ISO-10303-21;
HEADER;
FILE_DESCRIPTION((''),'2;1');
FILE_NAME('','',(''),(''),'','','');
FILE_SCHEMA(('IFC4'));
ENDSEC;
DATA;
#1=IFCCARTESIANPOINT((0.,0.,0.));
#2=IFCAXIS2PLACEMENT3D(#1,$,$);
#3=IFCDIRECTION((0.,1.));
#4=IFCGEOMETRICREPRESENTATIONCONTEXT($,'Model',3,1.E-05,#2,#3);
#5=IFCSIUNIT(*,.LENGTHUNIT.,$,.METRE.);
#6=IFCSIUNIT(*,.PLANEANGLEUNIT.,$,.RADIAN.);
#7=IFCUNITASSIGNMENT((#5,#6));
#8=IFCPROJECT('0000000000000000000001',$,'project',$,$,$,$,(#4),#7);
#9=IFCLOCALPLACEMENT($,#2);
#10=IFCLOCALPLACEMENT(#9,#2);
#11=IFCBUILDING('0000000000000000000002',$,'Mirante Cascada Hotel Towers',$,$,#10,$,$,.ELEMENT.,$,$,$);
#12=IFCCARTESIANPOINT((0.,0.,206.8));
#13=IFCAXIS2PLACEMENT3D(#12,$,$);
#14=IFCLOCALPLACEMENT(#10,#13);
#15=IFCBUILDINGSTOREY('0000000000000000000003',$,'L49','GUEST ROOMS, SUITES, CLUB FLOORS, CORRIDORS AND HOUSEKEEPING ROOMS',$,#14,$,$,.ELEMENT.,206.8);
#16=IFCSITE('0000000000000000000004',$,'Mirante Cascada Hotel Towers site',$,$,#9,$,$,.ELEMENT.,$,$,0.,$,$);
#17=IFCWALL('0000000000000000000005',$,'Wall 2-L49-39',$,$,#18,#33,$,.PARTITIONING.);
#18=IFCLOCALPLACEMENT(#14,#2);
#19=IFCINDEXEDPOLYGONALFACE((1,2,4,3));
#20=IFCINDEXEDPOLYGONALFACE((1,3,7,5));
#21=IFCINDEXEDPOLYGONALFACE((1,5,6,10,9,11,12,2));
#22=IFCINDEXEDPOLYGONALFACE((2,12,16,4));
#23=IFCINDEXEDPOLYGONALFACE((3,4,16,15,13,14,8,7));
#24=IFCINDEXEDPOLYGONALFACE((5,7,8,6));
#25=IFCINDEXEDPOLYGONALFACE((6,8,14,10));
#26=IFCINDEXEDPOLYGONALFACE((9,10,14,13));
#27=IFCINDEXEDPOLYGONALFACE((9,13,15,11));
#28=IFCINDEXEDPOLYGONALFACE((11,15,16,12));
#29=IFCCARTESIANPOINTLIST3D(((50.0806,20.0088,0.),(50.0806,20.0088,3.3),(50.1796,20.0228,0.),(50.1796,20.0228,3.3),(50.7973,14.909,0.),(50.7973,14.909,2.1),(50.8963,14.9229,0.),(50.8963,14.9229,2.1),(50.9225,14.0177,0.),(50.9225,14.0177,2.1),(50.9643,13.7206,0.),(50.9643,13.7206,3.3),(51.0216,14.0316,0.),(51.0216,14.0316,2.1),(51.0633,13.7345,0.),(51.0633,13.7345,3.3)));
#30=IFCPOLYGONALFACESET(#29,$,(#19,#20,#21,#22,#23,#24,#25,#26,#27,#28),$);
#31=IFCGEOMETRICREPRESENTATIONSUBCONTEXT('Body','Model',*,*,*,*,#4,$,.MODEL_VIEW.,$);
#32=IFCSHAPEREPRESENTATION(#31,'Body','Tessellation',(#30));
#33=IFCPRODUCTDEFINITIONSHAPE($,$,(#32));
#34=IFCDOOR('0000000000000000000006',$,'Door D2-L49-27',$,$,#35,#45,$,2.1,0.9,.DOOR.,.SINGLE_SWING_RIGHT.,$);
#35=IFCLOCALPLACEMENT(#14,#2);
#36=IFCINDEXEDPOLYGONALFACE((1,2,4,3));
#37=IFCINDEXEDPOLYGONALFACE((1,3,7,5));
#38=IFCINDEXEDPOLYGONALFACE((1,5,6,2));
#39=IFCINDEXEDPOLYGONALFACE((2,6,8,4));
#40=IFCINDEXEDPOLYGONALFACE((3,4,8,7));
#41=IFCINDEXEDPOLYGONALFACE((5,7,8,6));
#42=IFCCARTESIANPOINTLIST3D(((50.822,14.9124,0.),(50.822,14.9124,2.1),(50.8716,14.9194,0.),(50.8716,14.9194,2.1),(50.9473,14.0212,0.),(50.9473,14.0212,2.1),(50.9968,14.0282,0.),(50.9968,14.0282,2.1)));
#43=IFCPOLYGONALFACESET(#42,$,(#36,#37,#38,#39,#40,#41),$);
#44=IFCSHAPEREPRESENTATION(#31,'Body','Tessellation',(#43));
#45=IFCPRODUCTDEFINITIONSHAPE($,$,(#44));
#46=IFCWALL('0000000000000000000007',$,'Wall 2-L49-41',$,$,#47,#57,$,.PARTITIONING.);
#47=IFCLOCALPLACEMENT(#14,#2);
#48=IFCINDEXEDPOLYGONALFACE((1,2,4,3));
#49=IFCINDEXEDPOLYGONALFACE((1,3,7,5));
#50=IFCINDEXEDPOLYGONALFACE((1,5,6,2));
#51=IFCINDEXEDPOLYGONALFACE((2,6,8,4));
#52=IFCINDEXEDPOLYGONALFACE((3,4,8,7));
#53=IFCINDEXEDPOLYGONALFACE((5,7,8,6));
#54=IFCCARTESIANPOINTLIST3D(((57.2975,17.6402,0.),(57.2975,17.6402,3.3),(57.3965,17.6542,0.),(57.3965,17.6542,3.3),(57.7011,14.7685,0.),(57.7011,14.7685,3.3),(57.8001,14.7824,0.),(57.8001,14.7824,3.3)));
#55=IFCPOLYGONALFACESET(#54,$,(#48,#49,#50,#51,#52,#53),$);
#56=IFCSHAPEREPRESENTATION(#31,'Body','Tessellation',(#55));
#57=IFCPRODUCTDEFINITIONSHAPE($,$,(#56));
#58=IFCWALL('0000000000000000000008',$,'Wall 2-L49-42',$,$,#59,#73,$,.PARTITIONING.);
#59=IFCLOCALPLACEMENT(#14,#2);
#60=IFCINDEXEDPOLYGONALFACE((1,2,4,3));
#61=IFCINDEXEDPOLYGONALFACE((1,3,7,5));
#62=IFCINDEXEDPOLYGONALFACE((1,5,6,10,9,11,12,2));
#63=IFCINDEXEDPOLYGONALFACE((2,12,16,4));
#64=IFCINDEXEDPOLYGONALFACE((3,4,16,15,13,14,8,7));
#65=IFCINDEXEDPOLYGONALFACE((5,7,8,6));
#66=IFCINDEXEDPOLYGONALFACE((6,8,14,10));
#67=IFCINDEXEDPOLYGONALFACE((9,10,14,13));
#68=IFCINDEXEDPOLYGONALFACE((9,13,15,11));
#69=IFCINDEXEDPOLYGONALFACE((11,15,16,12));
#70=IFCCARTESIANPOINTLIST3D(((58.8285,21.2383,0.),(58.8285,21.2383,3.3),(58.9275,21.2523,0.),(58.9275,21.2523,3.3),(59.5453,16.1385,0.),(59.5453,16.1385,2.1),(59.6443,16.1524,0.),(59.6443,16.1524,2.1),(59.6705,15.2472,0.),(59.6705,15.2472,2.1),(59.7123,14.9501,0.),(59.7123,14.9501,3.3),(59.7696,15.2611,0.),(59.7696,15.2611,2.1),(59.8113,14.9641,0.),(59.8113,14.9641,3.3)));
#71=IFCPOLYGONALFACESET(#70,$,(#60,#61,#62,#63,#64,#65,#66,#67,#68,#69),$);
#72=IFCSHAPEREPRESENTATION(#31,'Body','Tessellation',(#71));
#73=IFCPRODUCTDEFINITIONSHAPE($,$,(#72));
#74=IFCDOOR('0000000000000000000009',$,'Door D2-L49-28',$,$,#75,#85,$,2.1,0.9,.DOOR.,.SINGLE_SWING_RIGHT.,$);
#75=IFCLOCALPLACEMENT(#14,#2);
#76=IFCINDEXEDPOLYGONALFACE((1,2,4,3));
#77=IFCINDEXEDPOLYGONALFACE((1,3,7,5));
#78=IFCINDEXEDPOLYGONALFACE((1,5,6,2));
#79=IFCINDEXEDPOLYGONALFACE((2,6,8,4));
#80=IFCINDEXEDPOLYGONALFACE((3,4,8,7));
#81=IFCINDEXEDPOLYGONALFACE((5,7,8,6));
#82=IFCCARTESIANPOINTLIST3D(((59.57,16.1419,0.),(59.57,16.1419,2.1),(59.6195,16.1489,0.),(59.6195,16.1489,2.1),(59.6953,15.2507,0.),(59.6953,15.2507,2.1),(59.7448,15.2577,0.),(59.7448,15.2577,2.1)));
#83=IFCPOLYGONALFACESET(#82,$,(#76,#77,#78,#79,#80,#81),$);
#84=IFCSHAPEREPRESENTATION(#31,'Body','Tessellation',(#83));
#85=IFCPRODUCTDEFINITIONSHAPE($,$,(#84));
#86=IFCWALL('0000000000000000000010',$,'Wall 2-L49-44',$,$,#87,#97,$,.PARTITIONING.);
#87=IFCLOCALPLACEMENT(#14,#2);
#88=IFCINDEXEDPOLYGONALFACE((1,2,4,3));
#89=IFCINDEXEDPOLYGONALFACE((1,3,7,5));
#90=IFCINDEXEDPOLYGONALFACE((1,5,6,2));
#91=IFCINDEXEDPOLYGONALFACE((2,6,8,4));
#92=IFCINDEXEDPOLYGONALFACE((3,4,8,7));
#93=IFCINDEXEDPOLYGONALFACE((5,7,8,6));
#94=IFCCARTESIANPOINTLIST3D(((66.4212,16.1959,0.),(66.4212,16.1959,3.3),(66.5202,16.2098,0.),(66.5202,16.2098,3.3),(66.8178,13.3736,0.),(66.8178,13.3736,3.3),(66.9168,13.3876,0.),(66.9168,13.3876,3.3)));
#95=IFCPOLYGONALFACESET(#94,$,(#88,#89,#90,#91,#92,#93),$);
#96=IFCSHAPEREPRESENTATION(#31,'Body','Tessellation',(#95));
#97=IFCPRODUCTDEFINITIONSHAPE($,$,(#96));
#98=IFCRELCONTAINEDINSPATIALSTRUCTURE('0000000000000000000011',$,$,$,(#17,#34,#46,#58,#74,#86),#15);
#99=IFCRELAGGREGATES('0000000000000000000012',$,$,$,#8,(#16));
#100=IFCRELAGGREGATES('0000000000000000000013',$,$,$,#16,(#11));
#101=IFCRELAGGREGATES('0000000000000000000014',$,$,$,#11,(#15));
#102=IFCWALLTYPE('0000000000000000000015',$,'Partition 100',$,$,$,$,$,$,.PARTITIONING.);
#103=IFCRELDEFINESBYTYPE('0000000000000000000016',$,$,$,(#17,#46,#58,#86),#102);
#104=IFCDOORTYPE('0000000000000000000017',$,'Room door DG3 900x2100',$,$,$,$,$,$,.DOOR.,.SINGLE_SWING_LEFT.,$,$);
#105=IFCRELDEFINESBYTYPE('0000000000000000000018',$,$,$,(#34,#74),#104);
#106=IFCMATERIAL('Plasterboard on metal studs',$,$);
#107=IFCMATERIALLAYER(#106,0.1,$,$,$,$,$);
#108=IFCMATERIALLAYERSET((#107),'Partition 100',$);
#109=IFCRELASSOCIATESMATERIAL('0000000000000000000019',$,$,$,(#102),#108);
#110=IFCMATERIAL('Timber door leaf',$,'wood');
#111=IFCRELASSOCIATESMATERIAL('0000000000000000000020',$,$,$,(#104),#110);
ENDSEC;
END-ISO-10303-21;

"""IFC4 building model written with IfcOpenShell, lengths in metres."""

from ifc_helpers import new_model, si_unit, direction, frame, frame_2d, origin, place, context, subcontext, project, spatial, rectangle, extrude, material, layer, layer_set, type_object, element, fill, save


model = new_model("IFC4")

# Units and contexts
model_context = context("Model", 3, precision=1e-05, world=origin(), true_north=direction((0.0, 1.0)))
body_context = subcontext(model_context, "Body", "Model", "MODEL_VIEW")
ifc_project = project(units=[si_unit("LENGTHUNIT", "METRE"), si_unit("PLANEANGLEUNIT", "RADIAN")], contexts=[model_context])

# Site, building, storey
site_placement = place(None, origin())
site = spatial("IfcSite", under=ifc_project, at=site_placement, Name="Mirante Cascada Hotel Towers site", CompositionType="ELEMENT", RefElevation=0.0)
building_placement = place(site_placement, origin())
building = spatial("IfcBuilding", under=site, at=building_placement, Name="Mirante Cascada Hotel Towers", CompositionType="ELEMENT")
storey_placement = place(building_placement, frame((0.0, 0.0, 206.8)))
storey = spatial("IfcBuildingStorey", under=building, at=storey_placement, Name="L49", Description="GUEST ROOMS, SUITES, CLUB FLOORS, CORRIDORS AND HOUSEKEEPING ROOMS", CompositionType="ELEMENT", Elevation=206.8)

# Shared definitions
ifc_material_1 = material(Name="Plasterboard on metal studs")
ifc_layer_1 = layer(ifc_material_1, 0.1)
ifc_layer_set_1 = layer_set([ifc_layer_1], Name="Partition 100")
wall_type_1 = type_object("IfcWallType", Name="Partition 100", PredefinedType="PARTITIONING", material=ifc_layer_set_1)

# Wall, opening, door
ifc_material_2 = material(Name="Timber door leaf", Category="wood")
door_type_1 = type_object("IfcDoorType", Name="Room door DG3 900x2100", OperationType="SINGLE_SWING_LEFT", PredefinedType="DOOR", material=ifc_material_2)
wall_1_placement = place(storey_placement, frame((50.1301, 20.0158, 0.0), z_axis=(0.0, 0.0, 1.0), x_axis=(0.139166, -0.990269, 0.0)))
wall_1 = element("IfcWall", 1, at=wall_1_placement, inside=storey, type_object=wall_type_1, Name="Wall 2-L49-39", PredefinedType="PARTITIONING", context=body_context, shape_type="SweptSolid", body=[
    extrude(rectangle(XDim=6.35, YDim=0.1, at=frame_2d((3.175, 0.0))), origin(), (0.0, 0.0, 1.0), 3.3),
])
opening_1_placement = place(wall_1_placement, frame((5.15, 0.0, 0.0)))
opening_1 = element("IfcOpeningElement", 2, at=opening_1_placement, cuts=wall_1, PredefinedType="OPENING", context=body_context, shape_type="SweptSolid", body=[
    extrude(rectangle(XDim=0.9, YDim=2.1, at=frame_2d((0.45, 1.05))), frame((0.0, 0.05, 0.0), z_axis=(0.0, -1.0, 0.0), x_axis=(1.0, 0.0, 0.0)), (0.0, 0.0, 1.0), 0.1),
])
door_1_placement = place(opening_1_placement, frame((0.9, 0.0, 0.0), z_axis=(0.0, 0.0, 1.0), x_axis=(-1.0, 0.0, 0.0)))
door_1 = element("IfcDoor", 3, at=door_1_placement, inside=storey, type_object=door_type_1, Name="Door D2-L49-27", OperationType="SINGLE_SWING_RIGHT", OverallHeight=2.1, OverallWidth=0.9, PredefinedType="DOOR", context=body_context, shape_type="SweptSolid", body=[
    extrude(rectangle(XDim=0.9, YDim=2.1, at=frame_2d((0.45, 1.05))), frame((0.0, 0.025, 0.0), z_axis=(0.0, -1.0, 0.0), x_axis=(1.0, 0.0, 0.0)), (0.0, 0.0, 1.0), 0.05),
])
fill(opening_1, door_1)

# Wall
wall_2_placement = place(storey_placement, frame((57.347, 17.6472, 0.0), z_axis=(0.0, 0.0, 1.0), x_axis=(0.139171, -0.990268, 0.0)))
element("IfcWall", 4, at=wall_2_placement, inside=storey, type_object=wall_type_1, Name="Wall 2-L49-41", PredefinedType="PARTITIONING", context=body_context, shape_type="SweptSolid", body=[
    extrude(rectangle(XDim=2.9, YDim=0.1, at=frame_2d((1.45, 0.0))), origin(), (0.0, 0.0, 1.0), 3.3),
])

# Wall, opening, door
wall_3_placement = place(storey_placement, frame((59.7618, 14.9571, 0.0), z_axis=(0.0, 0.0, 1.0), x_axis=(-0.139181, 0.990267, 0.0)))
wall_3 = element("IfcWall", 5, at=wall_3_placement, inside=storey, type_object=wall_type_1, Name="Wall 2-L49-42", PredefinedType="PARTITIONING", context=body_context, shape_type="SweptSolid", body=[
    extrude(rectangle(XDim=6.35, YDim=0.1, at=frame_2d((3.175, 0.0))), origin(), (0.0, 0.0, 1.0), 3.3),
])
opening_2_placement = place(wall_3_placement, frame((0.3, 0.0, 0.0)))
opening_2 = element("IfcOpeningElement", 6, at=opening_2_placement, cuts=wall_3, PredefinedType="OPENING", context=body_context, shape_type="SweptSolid", body=[
    extrude(rectangle(XDim=0.9, YDim=2.1, at=frame_2d((0.45, 1.05))), frame((0.0, 0.05, 0.0), z_axis=(0.0, -1.0, 0.0), x_axis=(1.0, 0.0, 0.0)), (0.0, 0.0, 1.0), 0.1),
])
door_2_placement = place(opening_2_placement, frame((0.9, 0.0, 0.0), z_axis=(0.0, 0.0, 1.0), x_axis=(-1.0, 0.0, 0.0)))
door_2 = element("IfcDoor", 7, at=door_2_placement, inside=storey, type_object=door_type_1, Name="Door D2-L49-28", OperationType="SINGLE_SWING_RIGHT", OverallHeight=2.1, OverallWidth=0.9, PredefinedType="DOOR", context=body_context, shape_type="SweptSolid", body=[
    extrude(rectangle(XDim=0.9, YDim=2.1, at=frame_2d((0.45, 1.05))), frame((0.0, 0.025, 0.0), z_axis=(0.0, -1.0, 0.0), x_axis=(1.0, 0.0, 0.0)), (0.0, 0.0, 1.0), 0.05),
])
fill(opening_2, door_2)

# Wall
wall_4_placement = place(storey_placement, frame((66.8673, 13.3806, 0.0), z_axis=(0.0, 0.0, 1.0), x_axis=(-0.139156, 0.99027, 0.0)))
element("IfcWall", 8, at=wall_4_placement, inside=storey, type_object=wall_type_1, Name="Wall 2-L49-44", PredefinedType="PARTITIONING", context=body_context, shape_type="SweptSolid", body=[
    extrude(rectangle(XDim=2.85, YDim=0.1, at=frame_2d((1.425, 0.0))), origin(), (0.0, 0.0, 1.0), 3.3),
])

save(model, "model.ifc")
